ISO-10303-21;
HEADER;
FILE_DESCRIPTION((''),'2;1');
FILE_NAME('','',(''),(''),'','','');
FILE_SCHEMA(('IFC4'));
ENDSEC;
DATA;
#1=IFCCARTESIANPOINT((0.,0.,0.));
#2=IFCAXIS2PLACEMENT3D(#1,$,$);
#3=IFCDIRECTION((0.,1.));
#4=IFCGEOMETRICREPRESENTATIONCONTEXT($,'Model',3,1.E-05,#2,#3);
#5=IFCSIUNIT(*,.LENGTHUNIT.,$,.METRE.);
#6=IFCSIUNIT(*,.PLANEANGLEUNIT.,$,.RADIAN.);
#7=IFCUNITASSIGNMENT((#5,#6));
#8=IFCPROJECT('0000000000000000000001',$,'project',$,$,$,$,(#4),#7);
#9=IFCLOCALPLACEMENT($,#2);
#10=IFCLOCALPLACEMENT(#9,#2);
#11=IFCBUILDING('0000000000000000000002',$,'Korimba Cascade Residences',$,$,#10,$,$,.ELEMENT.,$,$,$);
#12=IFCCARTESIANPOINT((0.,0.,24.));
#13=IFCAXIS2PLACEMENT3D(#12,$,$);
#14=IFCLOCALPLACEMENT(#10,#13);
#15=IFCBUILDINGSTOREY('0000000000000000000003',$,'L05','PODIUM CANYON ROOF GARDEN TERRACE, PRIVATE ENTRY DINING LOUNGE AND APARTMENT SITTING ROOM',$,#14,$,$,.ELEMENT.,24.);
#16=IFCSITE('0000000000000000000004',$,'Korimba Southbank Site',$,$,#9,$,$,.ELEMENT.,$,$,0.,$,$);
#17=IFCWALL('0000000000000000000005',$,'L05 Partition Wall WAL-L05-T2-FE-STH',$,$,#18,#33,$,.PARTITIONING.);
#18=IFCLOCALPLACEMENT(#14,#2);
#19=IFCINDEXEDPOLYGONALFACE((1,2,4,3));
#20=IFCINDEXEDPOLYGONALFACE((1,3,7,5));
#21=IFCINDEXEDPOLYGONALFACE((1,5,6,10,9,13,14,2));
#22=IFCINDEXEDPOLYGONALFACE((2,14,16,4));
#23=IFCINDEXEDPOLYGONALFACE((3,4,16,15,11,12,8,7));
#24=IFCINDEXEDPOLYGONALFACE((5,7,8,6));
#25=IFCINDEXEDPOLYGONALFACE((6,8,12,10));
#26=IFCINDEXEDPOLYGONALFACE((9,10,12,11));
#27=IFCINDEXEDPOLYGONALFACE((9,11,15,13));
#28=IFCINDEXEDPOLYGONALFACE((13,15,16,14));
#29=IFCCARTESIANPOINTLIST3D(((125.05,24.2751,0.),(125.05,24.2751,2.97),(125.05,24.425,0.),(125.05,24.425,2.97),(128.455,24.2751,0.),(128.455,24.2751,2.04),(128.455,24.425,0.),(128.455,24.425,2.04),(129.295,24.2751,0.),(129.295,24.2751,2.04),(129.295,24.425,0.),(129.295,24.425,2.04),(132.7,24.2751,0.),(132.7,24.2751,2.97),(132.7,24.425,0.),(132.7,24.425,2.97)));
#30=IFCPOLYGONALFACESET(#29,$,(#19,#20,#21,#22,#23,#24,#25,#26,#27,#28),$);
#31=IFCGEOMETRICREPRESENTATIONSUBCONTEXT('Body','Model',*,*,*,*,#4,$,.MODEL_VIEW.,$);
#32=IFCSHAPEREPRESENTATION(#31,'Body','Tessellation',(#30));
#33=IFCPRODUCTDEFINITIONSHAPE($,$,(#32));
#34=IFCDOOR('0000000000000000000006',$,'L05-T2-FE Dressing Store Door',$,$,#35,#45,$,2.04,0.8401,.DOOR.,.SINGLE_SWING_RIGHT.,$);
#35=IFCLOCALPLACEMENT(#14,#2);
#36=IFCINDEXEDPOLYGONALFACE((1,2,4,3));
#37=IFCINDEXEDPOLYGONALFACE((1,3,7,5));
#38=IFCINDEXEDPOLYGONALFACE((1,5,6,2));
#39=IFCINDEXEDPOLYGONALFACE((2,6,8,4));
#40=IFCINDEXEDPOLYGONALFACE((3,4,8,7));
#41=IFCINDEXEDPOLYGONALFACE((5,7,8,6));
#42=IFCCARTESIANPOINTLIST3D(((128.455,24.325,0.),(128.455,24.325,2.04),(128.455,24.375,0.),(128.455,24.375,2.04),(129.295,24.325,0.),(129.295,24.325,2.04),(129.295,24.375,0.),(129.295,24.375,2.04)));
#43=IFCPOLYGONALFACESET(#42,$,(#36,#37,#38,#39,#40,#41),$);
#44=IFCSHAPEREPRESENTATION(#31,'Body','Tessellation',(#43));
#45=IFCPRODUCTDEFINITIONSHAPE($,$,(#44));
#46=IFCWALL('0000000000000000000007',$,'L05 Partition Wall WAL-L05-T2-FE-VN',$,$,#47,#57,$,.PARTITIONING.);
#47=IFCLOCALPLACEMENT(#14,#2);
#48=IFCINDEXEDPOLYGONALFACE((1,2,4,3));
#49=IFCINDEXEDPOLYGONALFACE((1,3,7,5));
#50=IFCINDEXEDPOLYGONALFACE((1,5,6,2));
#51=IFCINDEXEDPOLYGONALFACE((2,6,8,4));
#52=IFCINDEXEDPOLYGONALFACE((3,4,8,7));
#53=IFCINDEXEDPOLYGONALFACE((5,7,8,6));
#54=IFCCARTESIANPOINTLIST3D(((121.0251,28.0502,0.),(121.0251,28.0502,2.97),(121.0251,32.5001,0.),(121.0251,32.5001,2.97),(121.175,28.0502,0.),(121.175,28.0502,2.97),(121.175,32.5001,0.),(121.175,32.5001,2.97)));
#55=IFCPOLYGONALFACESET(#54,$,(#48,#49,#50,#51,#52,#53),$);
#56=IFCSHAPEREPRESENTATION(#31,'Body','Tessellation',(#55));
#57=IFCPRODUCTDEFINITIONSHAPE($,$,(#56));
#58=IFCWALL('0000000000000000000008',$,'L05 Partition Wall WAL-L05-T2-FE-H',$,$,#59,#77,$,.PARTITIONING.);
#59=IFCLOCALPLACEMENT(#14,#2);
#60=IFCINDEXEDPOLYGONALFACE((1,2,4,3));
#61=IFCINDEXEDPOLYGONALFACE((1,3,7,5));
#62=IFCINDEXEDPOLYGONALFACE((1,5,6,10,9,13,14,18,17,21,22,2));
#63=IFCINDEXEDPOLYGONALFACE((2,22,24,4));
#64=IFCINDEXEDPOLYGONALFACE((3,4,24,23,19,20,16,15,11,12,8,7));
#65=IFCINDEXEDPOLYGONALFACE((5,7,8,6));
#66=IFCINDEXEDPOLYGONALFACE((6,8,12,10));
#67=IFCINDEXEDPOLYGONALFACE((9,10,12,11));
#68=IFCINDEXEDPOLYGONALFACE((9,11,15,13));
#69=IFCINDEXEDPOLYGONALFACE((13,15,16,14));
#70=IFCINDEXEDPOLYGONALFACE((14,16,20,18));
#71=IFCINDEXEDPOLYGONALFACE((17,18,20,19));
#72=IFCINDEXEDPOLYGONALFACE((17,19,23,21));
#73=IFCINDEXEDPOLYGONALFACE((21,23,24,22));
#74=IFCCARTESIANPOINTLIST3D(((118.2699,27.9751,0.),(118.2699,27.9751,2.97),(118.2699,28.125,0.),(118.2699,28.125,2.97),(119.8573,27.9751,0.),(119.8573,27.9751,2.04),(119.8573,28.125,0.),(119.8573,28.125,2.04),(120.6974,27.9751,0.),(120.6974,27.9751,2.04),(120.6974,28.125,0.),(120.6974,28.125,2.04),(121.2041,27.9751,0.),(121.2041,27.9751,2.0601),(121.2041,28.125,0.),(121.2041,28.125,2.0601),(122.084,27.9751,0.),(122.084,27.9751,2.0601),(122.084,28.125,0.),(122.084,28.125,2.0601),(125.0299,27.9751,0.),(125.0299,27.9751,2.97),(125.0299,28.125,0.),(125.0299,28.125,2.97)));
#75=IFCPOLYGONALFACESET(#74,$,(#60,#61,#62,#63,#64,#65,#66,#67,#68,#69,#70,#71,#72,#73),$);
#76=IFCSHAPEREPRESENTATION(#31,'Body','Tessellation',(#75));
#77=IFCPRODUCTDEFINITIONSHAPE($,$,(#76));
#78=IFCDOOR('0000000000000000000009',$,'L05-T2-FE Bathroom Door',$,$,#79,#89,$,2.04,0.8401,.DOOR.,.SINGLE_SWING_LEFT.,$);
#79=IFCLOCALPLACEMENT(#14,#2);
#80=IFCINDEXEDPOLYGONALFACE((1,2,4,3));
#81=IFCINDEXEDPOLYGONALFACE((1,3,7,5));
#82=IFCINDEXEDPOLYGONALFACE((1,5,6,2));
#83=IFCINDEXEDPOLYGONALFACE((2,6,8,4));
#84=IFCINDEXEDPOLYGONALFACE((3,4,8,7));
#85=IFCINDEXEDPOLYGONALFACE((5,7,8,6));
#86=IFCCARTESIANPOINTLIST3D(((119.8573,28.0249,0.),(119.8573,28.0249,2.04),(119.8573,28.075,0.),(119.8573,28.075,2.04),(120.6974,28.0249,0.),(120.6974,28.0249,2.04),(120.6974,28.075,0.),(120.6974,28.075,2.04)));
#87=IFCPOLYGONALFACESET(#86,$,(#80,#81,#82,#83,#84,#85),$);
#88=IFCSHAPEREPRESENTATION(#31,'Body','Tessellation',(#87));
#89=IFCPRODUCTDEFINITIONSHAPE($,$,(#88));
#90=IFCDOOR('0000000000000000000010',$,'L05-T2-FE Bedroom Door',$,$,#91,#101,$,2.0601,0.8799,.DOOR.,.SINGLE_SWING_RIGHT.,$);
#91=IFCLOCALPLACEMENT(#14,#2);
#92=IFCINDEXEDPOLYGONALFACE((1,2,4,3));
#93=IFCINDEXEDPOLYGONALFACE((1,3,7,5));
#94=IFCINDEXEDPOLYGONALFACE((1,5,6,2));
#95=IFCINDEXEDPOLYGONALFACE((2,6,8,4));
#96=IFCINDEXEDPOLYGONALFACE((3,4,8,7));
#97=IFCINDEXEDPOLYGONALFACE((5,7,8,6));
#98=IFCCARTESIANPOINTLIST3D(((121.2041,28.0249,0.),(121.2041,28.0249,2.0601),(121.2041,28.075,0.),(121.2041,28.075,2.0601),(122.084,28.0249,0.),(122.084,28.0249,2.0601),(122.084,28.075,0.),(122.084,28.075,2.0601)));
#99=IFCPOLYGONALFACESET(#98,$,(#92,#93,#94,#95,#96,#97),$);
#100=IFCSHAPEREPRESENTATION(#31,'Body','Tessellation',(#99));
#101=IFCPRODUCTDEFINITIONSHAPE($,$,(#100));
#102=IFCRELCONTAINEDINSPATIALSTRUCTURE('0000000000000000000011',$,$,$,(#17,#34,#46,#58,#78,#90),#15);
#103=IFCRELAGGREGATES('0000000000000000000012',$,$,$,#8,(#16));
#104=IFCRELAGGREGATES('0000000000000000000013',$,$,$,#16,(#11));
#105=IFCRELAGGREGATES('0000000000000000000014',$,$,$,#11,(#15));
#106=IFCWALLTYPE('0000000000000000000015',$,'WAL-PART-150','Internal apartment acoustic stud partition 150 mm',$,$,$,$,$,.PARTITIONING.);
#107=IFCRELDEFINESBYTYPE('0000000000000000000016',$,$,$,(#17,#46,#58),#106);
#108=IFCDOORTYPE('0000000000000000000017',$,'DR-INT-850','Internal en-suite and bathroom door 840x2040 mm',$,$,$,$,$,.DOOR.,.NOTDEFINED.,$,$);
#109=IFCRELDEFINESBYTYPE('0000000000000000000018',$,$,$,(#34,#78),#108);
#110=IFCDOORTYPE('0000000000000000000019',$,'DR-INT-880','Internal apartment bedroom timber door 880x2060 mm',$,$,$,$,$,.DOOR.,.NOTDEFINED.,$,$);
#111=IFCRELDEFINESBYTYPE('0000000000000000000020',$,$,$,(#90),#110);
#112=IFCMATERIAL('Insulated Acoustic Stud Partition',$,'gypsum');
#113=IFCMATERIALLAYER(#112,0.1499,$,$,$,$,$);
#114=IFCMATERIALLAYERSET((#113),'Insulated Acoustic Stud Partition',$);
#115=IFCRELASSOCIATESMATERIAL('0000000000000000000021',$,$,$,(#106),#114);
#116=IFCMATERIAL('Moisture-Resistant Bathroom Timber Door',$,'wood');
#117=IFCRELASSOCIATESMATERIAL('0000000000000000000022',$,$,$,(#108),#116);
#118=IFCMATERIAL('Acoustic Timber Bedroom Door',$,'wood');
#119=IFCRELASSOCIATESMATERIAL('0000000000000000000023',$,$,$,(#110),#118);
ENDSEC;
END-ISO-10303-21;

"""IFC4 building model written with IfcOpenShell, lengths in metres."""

from ifc_helpers import new_model, si_unit, direction, frame, frame_2d, origin, place, context, subcontext, project, spatial, rectangle, extrude, material, layer, layer_set, type_object, element, fill, save


model = new_model("IFC4")

# Units and contexts
model_context = context("Model", 3, precision=1e-05, world=origin(), true_north=direction((0.0, 1.0)))
body_context = subcontext(model_context, "Body", "Model", "MODEL_VIEW")
ifc_project = project(units=[si_unit("LENGTHUNIT", "METRE"), si_unit("PLANEANGLEUNIT", "RADIAN")], contexts=[model_context])

# Site, building, storey
site_placement = place(None, origin())
site = spatial("IfcSite", under=ifc_project, at=site_placement, Name="Korimba Southbank Site", CompositionType="ELEMENT", RefElevation=0.0)
building_placement = place(site_placement, origin())
building = spatial("IfcBuilding", under=site, at=building_placement, Name="Korimba Cascade Residences", CompositionType="ELEMENT")
storey_placement = place(building_placement, frame((0.0, 0.0, 24.0)))
storey = spatial("IfcBuildingStorey", under=building, at=storey_placement, Name="L05", Description="PODIUM CANYON ROOF GARDEN TERRACE, PRIVATE ENTRY DINING LOUNGE AND APARTMENT SITTING ROOM", CompositionType="ELEMENT", Elevation=24.0)

# Wall, opening, door
ifc_material_1 = material(Name="Insulated Acoustic Stud Partition", Category="gypsum")
ifc_layer_1 = layer(ifc_material_1, 0.1499)
ifc_layer_set_1 = layer_set([ifc_layer_1], Name="Insulated Acoustic Stud Partition")
wall_type_1 = type_object("IfcWallType", Name="WAL-PART-150", Description="Internal apartment acoustic stud partition 150 mm", PredefinedType="PARTITIONING", material=ifc_layer_set_1)
wall_1_placement = place(storey_placement, frame((125.05, 24.3501, 0.0), z_axis=(0.0, 0.0, 1.0), x_axis=(1.0, 0.0, 0.0)))
wall_1 = element("IfcWall", 1, at=wall_1_placement, inside=storey, type_object=wall_type_1, Name="L05 Partition Wall WAL-L05-T2-FE-STH", PredefinedType="PARTITIONING", context=body_context, shape_type="SweptSolid", body=[
    extrude(rectangle(XDim=7.6499, YDim=0.1499, at=frame_2d((3.825, 0.0))), origin(), (0.0, 0.0, 1.0), 2.97),
])
opening_1_placement = place(wall_1_placement, frame((3.405, 0.0, 0.0)))
opening_1 = element("IfcOpeningElement", 2, at=opening_1_placement, cuts=wall_1, PredefinedType="OPENING", context=body_context, shape_type="SweptSolid", body=[
    extrude(rectangle(XDim=0.8401, YDim=2.04, at=frame_2d((0.4199, 1.02))), frame((0.0, 0.085, 0.0), z_axis=(0.0, -1.0, 0.0), x_axis=(1.0, 0.0, 0.0)), (0.0, 0.0, 1.0), 0.1699),
])
ifc_material_2 = material(Name="Moisture-Resistant Bathroom Timber Door", Category="wood")
door_type_1 = type_object("IfcDoorType", Name="DR-INT-850", Description="Internal en-suite and bathroom door 840x2040 mm", OperationType="NOTDEFINED", PredefinedType="DOOR", material=ifc_material_2)
door_1_placement = place(opening_1_placement, origin())
door_1 = element("IfcDoor", 3, at=door_1_placement, inside=storey, type_object=door_type_1, Name="L05-T2-FE Dressing Store Door", OperationType="SINGLE_SWING_RIGHT", OverallHeight=2.04, OverallWidth=0.8401, PredefinedType="DOOR", context=body_context, shape_type="SweptSolid", body=[
    extrude(rectangle(XDim=0.8401, YDim=2.04, at=frame_2d((0.4199, 1.02))), frame((0.0, 0.0249, 0.0), z_axis=(0.0, -1.0, 0.0), x_axis=(1.0, 0.0, 0.0)), (0.0, 0.0, 1.0), 0.05),
])
fill(opening_1, door_1)

# Wall
wall_2_placement = place(storey_placement, frame((121.1001, 28.05, 0.0), z_axis=(0.0, 0.0, 1.0), x_axis=(0.0, 1.0, 0.0)))
element("IfcWall", 4, at=wall_2_placement, inside=storey, type_object=wall_type_1, Name="L05 Partition Wall WAL-L05-T2-FE-VN", PredefinedType="PARTITIONING", context=body_context, shape_type="SweptSolid", body=[
    extrude(rectangle(XDim=4.45, YDim=0.1499, at=frame_2d((2.2251, 0.0))), origin(), (0.0, 0.0, 1.0), 2.97),
])

# Wall, openings, doors
wall_3_placement = place(storey_placement, frame((118.27, 28.05, 0.0), z_axis=(0.0, 0.0, 1.0), x_axis=(1.0, 0.0, 0.0)))
wall_3 = element("IfcWall", 5, at=wall_3_placement, inside=storey, type_object=wall_type_1, Name="L05 Partition Wall WAL-L05-T2-FE-H", PredefinedType="PARTITIONING", context=body_context, shape_type="SweptSolid", body=[
    extrude(rectangle(XDim=6.76, YDim=0.1499, at=frame_2d((3.3799, 0.0))), origin(), (0.0, 0.0, 1.0), 2.97),
])
opening_2_placement = place(wall_3_placement, frame((1.5874, 0.0, 0.0)))
opening_2 = element("IfcOpeningElement", 6, at=opening_2_placement, cuts=wall_3, PredefinedType="OPENING", context=body_context, shape_type="SweptSolid", body=[
    extrude(rectangle(XDim=0.8401, YDim=2.04, at=frame_2d((0.4199, 1.02))), frame((0.0, 0.085, 0.0), z_axis=(0.0, -1.0, 0.0), x_axis=(1.0, 0.0, 0.0)), (0.0, 0.0, 1.0), 0.1699),
])
opening_3_placement = place(wall_3_placement, frame((2.9341, 0.0, 0.0)))
opening_3 = element("IfcOpeningElement", 7, at=opening_3_placement, cuts=wall_3, PredefinedType="OPENING", context=body_context, shape_type="SweptSolid", body=[
    extrude(rectangle(XDim=0.8799, YDim=2.0601, at=frame_2d((0.4399, 1.03))), frame((0.0, 0.085, 0.0), z_axis=(0.0, -1.0, 0.0), x_axis=(1.0, 0.0, 0.0)), (0.0, 0.0, 1.0), 0.1699),
])
door_2_placement = place(opening_2_placement, origin())
door_2 = element("IfcDoor", 8, at=door_2_placement, inside=storey, type_object=door_type_1, Name="L05-T2-FE Bathroom Door", OperationType="SINGLE_SWING_LEFT", OverallHeight=2.04, OverallWidth=0.8401, PredefinedType="DOOR", context=body_context, shape_type="SweptSolid", body=[
    extrude(rectangle(XDim=0.8401, YDim=2.04, at=frame_2d((0.4199, 1.02))), frame((0.0, 0.0249, 0.0), z_axis=(0.0, -1.0, 0.0), x_axis=(1.0, 0.0, 0.0)), (0.0, 0.0, 1.0), 0.05),
])
fill(opening_2, door_2)
ifc_material_3 = material(Name="Acoustic Timber Bedroom Door", Category="wood")
door_type_2 = type_object("IfcDoorType", Name="DR-INT-880", Description="Internal apartment bedroom timber door 880x2060 mm", OperationType="NOTDEFINED", PredefinedType="DOOR", material=ifc_material_3)
door_3_placement = place(opening_3_placement, origin())
door_3 = element("IfcDoor", 9, at=door_3_placement, inside=storey, type_object=door_type_2, Name="L05-T2-FE Bedroom Door", OperationType="SINGLE_SWING_RIGHT", OverallHeight=2.0601, OverallWidth=0.8799, PredefinedType="DOOR", context=body_context, shape_type="SweptSolid", body=[
    extrude(rectangle(XDim=0.8799, YDim=2.0601, at=frame_2d((0.4399, 1.03))), frame((0.0, 0.0249, 0.0), z_axis=(0.0, -1.0, 0.0), x_axis=(1.0, 0.0, 0.0)), (0.0, 0.0, 1.0), 0.05),
])
fill(opening_3, door_3)

save(model, "model.ifc")
